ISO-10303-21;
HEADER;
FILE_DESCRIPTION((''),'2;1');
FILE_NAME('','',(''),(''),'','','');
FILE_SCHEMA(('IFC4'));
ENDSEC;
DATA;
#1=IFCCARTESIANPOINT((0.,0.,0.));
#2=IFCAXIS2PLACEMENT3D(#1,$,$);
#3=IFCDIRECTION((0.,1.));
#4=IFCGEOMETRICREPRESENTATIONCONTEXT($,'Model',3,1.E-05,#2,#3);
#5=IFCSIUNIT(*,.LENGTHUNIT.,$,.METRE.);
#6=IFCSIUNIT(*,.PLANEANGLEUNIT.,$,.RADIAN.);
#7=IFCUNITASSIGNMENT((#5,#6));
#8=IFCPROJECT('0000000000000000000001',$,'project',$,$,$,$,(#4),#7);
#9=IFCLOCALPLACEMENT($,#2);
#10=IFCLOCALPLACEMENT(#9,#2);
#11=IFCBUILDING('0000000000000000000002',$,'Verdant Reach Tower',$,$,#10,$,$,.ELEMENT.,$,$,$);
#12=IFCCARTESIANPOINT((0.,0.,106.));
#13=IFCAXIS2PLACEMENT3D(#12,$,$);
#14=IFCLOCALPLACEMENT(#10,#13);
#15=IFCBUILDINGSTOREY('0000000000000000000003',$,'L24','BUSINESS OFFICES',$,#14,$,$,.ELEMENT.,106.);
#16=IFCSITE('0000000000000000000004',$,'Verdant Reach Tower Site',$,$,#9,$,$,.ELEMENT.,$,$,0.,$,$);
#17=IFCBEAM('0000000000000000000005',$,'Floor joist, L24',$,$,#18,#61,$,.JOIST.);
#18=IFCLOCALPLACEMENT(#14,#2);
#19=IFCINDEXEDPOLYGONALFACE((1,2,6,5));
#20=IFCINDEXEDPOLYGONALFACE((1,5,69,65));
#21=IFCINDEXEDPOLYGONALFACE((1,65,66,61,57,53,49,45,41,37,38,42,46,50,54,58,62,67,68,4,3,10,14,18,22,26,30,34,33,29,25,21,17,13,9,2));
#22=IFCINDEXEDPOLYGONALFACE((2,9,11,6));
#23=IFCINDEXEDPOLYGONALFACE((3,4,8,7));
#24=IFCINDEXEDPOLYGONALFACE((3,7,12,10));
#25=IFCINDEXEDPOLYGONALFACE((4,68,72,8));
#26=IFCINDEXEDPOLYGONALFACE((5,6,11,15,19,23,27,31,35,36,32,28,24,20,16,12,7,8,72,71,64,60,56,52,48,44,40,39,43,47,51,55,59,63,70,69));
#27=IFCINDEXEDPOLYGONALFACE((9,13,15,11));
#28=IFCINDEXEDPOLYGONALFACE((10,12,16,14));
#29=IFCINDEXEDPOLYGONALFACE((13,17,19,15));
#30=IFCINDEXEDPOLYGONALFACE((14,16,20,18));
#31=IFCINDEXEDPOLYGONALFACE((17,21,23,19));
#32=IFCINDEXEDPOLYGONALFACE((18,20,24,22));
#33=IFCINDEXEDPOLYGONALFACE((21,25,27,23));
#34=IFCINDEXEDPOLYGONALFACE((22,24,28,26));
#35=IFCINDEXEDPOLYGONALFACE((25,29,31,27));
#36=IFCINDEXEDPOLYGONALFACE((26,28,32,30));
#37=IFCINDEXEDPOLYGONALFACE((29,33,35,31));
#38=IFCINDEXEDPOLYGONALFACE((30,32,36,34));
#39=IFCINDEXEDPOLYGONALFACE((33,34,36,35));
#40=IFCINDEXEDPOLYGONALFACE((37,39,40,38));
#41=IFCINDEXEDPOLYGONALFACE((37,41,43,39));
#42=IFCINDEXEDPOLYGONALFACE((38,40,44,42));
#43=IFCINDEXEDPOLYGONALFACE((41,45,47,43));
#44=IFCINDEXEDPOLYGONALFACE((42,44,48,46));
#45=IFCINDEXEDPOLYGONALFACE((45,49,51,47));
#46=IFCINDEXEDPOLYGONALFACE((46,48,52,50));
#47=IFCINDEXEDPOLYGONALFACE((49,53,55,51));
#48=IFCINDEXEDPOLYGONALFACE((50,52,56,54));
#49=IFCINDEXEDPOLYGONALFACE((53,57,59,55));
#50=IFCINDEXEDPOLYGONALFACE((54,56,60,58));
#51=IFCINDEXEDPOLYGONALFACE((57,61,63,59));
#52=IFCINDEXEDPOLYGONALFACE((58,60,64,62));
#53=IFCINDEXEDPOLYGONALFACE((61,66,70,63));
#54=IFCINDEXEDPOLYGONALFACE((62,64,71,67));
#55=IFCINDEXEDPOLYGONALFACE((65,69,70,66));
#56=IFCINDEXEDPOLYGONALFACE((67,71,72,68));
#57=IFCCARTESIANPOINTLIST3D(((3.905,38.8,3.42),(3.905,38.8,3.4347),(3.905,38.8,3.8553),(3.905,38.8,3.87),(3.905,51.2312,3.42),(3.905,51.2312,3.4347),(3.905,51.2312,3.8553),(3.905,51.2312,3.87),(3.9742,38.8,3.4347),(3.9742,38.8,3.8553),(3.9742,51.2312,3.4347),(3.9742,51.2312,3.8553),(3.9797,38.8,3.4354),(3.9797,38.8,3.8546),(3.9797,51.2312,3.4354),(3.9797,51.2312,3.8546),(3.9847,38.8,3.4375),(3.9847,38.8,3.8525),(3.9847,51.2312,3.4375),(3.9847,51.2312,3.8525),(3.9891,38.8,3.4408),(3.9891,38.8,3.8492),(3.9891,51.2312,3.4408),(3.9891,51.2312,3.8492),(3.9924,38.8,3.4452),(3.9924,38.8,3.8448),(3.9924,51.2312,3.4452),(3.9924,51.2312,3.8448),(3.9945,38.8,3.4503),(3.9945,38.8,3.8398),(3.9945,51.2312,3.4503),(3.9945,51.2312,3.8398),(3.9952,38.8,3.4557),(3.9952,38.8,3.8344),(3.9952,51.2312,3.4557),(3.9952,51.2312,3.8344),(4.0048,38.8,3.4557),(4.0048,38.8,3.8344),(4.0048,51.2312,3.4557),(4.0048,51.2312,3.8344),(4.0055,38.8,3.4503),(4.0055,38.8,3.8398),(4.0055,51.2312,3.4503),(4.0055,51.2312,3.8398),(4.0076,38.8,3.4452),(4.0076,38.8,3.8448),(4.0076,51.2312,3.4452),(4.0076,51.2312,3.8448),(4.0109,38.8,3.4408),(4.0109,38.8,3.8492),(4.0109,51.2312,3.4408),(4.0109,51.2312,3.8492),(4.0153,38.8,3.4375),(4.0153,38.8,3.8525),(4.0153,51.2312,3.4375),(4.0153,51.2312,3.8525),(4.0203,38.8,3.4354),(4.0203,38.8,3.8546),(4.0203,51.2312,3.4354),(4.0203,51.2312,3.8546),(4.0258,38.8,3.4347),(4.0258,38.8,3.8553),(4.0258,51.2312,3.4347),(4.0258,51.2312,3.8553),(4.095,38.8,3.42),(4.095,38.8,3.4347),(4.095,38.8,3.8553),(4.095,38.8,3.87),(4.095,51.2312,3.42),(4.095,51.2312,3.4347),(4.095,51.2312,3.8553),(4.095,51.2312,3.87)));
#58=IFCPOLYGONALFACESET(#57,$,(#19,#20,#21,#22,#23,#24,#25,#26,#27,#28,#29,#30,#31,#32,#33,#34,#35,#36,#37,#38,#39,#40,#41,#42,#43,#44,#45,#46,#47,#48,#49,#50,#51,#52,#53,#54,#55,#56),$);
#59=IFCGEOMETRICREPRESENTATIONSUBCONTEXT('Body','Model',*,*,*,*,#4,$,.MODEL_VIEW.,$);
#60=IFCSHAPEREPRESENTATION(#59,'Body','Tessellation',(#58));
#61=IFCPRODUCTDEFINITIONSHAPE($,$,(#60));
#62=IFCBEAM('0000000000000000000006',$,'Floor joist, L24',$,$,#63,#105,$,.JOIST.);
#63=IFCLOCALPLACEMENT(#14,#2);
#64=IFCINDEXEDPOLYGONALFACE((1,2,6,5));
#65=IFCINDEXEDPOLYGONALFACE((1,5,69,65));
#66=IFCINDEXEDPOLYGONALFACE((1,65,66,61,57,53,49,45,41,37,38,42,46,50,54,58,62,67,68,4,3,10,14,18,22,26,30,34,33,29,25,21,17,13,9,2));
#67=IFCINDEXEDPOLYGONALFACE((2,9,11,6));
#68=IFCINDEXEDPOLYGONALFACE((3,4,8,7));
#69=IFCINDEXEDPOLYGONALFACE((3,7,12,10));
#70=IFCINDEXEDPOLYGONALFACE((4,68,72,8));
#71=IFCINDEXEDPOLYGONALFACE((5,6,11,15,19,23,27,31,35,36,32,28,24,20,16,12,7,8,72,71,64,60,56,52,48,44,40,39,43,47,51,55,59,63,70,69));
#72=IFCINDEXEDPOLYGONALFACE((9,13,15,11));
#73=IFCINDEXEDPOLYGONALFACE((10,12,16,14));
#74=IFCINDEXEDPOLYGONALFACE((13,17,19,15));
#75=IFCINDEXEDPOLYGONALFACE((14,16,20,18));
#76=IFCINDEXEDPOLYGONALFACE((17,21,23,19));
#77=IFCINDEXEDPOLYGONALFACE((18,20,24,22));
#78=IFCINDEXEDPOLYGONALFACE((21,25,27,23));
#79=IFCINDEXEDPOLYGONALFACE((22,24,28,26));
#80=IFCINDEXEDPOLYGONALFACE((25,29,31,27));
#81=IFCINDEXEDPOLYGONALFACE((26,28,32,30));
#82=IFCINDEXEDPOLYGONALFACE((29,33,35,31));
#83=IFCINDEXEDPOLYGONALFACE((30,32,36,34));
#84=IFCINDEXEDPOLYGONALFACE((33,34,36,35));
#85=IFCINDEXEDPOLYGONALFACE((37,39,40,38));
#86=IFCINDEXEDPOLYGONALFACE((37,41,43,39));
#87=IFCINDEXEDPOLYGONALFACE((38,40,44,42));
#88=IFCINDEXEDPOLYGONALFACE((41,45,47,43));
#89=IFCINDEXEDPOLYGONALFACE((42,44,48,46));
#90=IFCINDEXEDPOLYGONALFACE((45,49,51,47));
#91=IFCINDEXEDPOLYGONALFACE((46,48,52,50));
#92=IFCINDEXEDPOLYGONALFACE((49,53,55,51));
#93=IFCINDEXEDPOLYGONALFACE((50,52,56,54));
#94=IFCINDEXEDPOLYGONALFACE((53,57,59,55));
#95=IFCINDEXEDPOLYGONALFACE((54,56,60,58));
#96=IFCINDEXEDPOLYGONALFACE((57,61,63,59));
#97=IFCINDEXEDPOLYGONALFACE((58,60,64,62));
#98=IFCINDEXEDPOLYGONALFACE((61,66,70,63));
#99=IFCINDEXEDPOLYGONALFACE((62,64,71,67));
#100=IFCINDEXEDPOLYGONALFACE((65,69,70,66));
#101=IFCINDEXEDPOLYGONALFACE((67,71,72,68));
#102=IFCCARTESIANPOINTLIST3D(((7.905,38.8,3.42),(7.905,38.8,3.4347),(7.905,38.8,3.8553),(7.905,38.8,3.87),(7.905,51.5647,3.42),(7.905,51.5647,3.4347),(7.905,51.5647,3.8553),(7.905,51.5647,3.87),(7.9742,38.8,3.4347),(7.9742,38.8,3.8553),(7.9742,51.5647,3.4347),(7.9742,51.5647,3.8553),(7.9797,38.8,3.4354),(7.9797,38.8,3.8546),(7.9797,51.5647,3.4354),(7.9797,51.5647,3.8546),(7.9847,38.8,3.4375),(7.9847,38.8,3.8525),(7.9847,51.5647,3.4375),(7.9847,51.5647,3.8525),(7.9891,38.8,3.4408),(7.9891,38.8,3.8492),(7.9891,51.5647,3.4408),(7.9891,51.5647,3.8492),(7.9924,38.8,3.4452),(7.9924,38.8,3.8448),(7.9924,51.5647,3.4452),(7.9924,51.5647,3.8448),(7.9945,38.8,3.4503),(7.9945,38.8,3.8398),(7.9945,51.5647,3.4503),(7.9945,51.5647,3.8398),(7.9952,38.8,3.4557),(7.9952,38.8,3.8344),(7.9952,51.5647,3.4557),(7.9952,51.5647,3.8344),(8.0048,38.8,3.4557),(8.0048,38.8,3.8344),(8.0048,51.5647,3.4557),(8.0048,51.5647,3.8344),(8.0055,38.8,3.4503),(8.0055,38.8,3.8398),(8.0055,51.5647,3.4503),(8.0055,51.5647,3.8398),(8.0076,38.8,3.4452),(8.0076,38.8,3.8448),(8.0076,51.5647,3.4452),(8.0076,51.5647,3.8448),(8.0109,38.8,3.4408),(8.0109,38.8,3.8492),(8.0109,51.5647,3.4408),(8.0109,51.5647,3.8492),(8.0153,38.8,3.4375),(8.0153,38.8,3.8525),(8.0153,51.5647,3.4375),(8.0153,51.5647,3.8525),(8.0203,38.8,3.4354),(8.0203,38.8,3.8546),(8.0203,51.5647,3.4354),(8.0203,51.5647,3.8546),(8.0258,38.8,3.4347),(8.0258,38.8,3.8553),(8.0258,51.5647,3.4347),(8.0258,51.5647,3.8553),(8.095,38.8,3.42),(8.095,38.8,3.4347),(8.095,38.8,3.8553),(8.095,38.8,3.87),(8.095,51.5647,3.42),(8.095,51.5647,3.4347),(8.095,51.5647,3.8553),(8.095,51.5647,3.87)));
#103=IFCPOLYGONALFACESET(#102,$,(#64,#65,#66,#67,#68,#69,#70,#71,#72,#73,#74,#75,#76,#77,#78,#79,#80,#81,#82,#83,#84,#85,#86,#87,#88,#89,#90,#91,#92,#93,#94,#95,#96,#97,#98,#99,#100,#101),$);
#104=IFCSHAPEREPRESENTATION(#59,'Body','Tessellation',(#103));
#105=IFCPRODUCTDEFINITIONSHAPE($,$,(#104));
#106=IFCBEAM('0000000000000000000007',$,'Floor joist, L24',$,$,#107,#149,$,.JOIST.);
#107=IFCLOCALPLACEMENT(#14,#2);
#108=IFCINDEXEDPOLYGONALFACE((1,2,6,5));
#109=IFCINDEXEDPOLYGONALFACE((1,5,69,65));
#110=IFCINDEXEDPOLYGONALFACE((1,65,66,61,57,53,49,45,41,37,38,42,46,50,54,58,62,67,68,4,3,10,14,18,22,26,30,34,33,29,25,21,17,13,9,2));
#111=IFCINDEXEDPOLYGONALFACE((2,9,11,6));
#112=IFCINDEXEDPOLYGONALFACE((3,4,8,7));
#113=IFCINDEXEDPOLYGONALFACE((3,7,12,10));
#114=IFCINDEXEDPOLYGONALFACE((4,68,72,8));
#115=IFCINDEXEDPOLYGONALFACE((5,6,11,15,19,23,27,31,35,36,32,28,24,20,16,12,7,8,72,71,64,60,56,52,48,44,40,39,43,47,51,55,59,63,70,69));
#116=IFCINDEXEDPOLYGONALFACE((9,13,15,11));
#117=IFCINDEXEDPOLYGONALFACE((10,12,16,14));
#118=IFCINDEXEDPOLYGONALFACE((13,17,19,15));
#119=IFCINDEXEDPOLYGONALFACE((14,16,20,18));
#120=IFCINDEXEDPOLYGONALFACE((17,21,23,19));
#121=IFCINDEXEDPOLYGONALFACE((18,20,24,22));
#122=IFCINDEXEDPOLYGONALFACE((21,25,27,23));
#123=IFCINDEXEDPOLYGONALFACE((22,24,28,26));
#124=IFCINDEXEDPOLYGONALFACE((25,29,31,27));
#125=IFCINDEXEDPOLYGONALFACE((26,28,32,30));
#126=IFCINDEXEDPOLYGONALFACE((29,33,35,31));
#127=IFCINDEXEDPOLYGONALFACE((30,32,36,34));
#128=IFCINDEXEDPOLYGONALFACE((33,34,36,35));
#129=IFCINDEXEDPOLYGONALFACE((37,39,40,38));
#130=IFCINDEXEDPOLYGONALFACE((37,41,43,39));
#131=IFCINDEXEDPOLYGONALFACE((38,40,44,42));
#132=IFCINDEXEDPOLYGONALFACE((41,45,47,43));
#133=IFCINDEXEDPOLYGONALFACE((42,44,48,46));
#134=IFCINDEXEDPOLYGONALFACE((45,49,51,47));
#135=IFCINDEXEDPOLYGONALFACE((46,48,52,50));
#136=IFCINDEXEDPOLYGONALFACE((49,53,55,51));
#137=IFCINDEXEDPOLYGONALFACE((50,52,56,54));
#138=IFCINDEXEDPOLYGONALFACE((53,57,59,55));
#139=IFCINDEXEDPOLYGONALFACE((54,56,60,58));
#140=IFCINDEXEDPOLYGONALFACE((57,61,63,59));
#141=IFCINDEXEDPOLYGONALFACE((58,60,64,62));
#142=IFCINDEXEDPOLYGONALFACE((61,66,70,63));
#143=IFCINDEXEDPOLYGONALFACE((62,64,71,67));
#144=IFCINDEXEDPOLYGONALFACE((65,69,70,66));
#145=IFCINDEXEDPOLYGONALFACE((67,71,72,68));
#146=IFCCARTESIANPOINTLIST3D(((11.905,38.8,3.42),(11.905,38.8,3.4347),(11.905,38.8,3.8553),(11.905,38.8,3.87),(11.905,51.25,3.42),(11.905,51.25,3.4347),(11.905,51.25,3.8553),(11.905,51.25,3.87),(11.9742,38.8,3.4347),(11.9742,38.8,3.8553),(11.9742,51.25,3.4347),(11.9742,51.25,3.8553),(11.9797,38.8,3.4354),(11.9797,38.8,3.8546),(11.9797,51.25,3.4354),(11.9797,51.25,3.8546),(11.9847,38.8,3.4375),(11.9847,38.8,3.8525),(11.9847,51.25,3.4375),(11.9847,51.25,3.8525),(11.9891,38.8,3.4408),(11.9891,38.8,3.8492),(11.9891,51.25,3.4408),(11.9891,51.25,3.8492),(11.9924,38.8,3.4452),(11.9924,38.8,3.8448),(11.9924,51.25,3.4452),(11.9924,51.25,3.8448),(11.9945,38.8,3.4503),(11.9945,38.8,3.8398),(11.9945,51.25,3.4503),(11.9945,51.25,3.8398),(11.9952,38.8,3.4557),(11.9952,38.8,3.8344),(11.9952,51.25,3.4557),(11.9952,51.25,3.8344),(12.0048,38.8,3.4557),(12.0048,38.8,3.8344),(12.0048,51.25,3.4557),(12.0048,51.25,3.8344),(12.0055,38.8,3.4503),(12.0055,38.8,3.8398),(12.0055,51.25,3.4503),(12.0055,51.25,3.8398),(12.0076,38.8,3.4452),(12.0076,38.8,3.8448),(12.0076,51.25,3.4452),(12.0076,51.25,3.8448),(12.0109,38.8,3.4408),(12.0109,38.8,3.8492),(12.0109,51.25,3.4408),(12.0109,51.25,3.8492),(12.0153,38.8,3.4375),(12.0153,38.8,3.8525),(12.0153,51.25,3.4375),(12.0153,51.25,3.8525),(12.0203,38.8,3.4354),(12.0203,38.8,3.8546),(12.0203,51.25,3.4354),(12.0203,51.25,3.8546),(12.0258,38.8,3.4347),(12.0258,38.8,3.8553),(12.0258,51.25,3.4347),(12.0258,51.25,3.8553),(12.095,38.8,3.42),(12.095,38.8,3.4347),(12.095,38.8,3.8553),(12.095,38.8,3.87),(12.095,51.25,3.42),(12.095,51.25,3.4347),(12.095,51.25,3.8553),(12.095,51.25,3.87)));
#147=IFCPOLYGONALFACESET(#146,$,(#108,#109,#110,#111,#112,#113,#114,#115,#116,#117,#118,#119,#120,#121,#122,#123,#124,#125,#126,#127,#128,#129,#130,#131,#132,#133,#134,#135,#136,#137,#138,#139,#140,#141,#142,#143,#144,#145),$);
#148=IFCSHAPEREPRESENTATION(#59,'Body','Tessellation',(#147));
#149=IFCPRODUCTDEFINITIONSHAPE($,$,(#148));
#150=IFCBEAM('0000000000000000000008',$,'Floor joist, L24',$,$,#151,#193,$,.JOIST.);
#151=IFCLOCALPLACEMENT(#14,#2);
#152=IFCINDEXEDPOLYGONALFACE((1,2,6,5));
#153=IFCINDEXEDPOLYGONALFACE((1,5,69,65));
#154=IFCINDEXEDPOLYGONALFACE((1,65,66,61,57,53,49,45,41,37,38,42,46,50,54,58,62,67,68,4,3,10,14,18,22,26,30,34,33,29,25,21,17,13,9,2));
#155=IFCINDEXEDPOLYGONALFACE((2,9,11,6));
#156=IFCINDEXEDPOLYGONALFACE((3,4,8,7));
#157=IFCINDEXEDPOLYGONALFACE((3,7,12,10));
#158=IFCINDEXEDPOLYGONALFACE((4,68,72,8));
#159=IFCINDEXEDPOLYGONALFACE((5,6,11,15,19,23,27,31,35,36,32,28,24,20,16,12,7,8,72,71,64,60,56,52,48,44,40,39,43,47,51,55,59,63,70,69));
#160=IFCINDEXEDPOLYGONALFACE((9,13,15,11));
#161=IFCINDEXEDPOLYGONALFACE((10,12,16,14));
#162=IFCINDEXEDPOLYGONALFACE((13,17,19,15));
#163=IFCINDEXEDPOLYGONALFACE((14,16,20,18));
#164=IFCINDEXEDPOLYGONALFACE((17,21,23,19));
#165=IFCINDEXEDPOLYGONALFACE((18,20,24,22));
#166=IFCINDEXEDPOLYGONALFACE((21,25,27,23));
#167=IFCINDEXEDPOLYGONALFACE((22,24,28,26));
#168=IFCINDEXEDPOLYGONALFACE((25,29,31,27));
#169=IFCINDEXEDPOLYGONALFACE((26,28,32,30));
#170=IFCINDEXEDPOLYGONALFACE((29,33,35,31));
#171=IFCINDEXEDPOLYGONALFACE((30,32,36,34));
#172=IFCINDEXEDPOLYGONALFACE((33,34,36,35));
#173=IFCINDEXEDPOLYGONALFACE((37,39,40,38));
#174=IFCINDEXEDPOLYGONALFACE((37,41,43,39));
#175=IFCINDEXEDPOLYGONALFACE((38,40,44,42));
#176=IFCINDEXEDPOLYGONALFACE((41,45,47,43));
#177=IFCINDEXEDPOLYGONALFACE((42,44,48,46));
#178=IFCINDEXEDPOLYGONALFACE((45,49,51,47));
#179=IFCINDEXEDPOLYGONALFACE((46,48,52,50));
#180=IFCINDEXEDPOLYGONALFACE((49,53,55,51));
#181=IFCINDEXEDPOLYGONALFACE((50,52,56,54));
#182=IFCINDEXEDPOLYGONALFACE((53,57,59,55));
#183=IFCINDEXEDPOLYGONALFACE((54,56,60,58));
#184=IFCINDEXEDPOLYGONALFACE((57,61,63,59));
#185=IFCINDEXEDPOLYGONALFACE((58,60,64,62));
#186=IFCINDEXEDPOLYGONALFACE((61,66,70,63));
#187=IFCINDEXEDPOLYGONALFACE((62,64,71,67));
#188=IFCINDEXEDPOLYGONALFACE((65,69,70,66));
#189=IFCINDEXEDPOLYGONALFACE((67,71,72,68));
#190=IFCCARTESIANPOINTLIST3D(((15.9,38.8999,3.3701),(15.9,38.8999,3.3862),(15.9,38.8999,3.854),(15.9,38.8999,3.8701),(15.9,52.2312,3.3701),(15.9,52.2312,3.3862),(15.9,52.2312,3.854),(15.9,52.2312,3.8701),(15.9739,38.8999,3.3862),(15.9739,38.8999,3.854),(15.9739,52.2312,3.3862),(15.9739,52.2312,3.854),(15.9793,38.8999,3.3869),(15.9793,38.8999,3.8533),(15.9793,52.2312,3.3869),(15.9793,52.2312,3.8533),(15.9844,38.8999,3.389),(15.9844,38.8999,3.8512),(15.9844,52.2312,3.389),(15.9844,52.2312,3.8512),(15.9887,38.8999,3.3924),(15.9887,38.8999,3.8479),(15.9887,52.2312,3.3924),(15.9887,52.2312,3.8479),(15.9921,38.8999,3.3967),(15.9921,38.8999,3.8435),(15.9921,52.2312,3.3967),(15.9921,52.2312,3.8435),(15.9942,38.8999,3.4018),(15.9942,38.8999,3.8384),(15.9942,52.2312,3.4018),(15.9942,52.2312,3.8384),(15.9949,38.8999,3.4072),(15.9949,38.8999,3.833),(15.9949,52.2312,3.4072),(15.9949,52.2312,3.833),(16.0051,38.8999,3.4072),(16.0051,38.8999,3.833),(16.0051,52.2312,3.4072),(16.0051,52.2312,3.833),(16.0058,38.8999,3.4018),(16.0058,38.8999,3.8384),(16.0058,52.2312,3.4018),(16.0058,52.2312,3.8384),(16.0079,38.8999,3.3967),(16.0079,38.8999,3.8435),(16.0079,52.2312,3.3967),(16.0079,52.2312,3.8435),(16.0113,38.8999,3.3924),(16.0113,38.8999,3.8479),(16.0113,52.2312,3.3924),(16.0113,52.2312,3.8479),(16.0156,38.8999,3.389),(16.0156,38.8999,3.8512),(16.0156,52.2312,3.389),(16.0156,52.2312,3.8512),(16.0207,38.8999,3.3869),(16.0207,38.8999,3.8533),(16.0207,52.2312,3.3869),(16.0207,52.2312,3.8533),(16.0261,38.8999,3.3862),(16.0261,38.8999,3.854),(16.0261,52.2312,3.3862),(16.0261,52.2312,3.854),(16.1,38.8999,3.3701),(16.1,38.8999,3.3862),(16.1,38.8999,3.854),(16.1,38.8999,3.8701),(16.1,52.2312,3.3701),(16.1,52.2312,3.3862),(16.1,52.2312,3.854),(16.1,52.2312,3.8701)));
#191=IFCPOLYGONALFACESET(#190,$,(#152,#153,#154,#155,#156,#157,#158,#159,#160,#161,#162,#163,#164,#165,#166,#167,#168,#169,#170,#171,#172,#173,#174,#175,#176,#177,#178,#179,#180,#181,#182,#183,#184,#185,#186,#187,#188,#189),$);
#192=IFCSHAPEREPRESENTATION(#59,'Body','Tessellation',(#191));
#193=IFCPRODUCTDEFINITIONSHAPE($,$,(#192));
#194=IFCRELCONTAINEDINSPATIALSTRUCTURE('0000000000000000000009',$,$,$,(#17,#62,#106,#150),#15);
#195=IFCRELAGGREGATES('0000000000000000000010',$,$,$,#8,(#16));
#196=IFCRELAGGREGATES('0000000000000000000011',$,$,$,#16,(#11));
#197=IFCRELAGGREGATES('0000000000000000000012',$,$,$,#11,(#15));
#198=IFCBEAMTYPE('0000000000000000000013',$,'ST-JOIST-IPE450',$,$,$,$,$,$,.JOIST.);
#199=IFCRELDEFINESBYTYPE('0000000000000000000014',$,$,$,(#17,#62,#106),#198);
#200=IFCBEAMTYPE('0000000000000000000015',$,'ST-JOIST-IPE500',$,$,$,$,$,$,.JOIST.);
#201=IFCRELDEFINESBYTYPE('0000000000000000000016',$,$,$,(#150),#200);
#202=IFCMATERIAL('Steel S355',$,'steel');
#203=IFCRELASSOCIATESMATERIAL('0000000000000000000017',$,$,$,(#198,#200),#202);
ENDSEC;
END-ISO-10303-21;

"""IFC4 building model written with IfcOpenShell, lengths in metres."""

from ifc_helpers import new_model, si_unit, direction, frame, origin, origin_2d, place, context, subcontext, project, spatial, i_section, extrude, material, material_profile, profile_set, type_object, element, save


model = new_model("IFC4")

# Units and contexts
model_context = context("Model", 3, precision=1e-05, world=origin(), true_north=direction((0.0, 1.0)))
body_context = subcontext(model_context, "Body", "Model", "MODEL_VIEW")
ifc_project = project(units=[si_unit("LENGTHUNIT", "METRE"), si_unit("PLANEANGLEUNIT", "RADIAN")], contexts=[model_context])

# Site, building, storey
site_placement = place(None, origin())
site = spatial("IfcSite", under=ifc_project, at=site_placement, Name="Verdant Reach Tower Site", CompositionType="ELEMENT", RefElevation=0.0)
building_placement = place(site_placement, origin())
building = spatial("IfcBuilding", under=site, at=building_placement, Name="Verdant Reach Tower", CompositionType="ELEMENT")
storey_placement = place(building_placement, frame((0.0, 0.0, 106.0)))
storey = spatial("IfcBuildingStorey", under=building, at=storey_placement, Name="L24", Description="BUSINESS OFFICES", CompositionType="ELEMENT", Elevation=106.0)

# Beams
ifc_material_1 = material(Name="Steel S355", Category="steel")
ifc_material_profile_1 = material_profile(ifc_material_1, i_section(OverallWidth=0.1899, OverallDepth=0.45, WebThickness=0.0095, FlangeThickness=0.0146, FilletRadius=0.021, at=origin_2d()), Name="IPE 450")
ifc_profile_set_1 = profile_set([ifc_material_profile_1], Name="Steel S355")
beam_type_1 = type_object("IfcBeamType", Name="ST-JOIST-IPE450", PredefinedType="JOIST", material=ifc_profile_set_1)
beam_1_placement = place(storey_placement, frame((4.0, 38.8, 3.645), z_axis=(0.0, 1.0, 0.0), x_axis=(-1.0, 0.0, 0.0)))
element("IfcBeam", 1, at=beam_1_placement, inside=storey, type_object=beam_type_1, Name="Floor joist, L24", PredefinedType="JOIST", context=body_context, shape_type="SweptSolid", body=[
    extrude(i_section(OverallWidth=0.1899, OverallDepth=0.45, WebThickness=0.0095, FlangeThickness=0.0146, FilletRadius=0.021, at=origin_2d()), origin(), (0.0, 0.0, 1.0), 12.4312),
])
beam_2_placement = place(storey_placement, frame((8.0, 38.8, 3.645), z_axis=(0.0, 1.0, 0.0), x_axis=(-1.0, 0.0, 0.0)))
element("IfcBeam", 2, at=beam_2_placement, inside=storey, type_object=beam_type_1, Name="Floor joist, L24", PredefinedType="JOIST", context=body_context, shape_type="SweptSolid", body=[
    extrude(i_section(OverallWidth=0.1899, OverallDepth=0.45, WebThickness=0.0095, FlangeThickness=0.0146, FilletRadius=0.021, at=origin_2d()), origin(), (0.0, 0.0, 1.0), 12.7646),
])
beam_3_placement = place(storey_placement, frame((12.0, 38.8, 3.645), z_axis=(0.0, 1.0, 0.0), x_axis=(-1.0, 0.0, 0.0)))
element("IfcBeam", 3, at=beam_3_placement, inside=storey, type_object=beam_type_1, Name="Floor joist, L24", PredefinedType="JOIST", context=body_context, shape_type="SweptSolid", body=[
    extrude(i_section(OverallWidth=0.1899, OverallDepth=0.45, WebThickness=0.0095, FlangeThickness=0.0146, FilletRadius=0.021, at=origin_2d()), origin(), (0.0, 0.0, 1.0), 12.45),
])
ifc_material_profile_2 = material_profile(ifc_material_1, i_section(OverallWidth=0.2, OverallDepth=0.5, WebThickness=0.0103, FlangeThickness=0.0161, FilletRadius=0.021, at=origin_2d()), Name="IPE 500")
ifc_profile_set_2 = profile_set([ifc_material_profile_2], Name="Steel S355")
beam_type_2 = type_object("IfcBeamType", Name="ST-JOIST-IPE500", PredefinedType="JOIST", material=ifc_profile_set_2)
beam_4_placement = place(storey_placement, frame((16.0, 38.8999, 3.6201), z_axis=(0.0, 1.0, 0.0), x_axis=(-1.0, 0.0, 0.0)))
element("IfcBeam", 4, at=beam_4_placement, inside=storey, type_object=beam_type_2, Name="Floor joist, L24", PredefinedType="JOIST", context=body_context, shape_type="SweptSolid", body=[
    extrude(i_section(OverallWidth=0.2, OverallDepth=0.5, WebThickness=0.0103, FlangeThickness=0.0161, FilletRadius=0.021, at=origin_2d()), origin(), (0.0, 0.0, 1.0), 13.3313),
])

save(model, "model.ifc")
